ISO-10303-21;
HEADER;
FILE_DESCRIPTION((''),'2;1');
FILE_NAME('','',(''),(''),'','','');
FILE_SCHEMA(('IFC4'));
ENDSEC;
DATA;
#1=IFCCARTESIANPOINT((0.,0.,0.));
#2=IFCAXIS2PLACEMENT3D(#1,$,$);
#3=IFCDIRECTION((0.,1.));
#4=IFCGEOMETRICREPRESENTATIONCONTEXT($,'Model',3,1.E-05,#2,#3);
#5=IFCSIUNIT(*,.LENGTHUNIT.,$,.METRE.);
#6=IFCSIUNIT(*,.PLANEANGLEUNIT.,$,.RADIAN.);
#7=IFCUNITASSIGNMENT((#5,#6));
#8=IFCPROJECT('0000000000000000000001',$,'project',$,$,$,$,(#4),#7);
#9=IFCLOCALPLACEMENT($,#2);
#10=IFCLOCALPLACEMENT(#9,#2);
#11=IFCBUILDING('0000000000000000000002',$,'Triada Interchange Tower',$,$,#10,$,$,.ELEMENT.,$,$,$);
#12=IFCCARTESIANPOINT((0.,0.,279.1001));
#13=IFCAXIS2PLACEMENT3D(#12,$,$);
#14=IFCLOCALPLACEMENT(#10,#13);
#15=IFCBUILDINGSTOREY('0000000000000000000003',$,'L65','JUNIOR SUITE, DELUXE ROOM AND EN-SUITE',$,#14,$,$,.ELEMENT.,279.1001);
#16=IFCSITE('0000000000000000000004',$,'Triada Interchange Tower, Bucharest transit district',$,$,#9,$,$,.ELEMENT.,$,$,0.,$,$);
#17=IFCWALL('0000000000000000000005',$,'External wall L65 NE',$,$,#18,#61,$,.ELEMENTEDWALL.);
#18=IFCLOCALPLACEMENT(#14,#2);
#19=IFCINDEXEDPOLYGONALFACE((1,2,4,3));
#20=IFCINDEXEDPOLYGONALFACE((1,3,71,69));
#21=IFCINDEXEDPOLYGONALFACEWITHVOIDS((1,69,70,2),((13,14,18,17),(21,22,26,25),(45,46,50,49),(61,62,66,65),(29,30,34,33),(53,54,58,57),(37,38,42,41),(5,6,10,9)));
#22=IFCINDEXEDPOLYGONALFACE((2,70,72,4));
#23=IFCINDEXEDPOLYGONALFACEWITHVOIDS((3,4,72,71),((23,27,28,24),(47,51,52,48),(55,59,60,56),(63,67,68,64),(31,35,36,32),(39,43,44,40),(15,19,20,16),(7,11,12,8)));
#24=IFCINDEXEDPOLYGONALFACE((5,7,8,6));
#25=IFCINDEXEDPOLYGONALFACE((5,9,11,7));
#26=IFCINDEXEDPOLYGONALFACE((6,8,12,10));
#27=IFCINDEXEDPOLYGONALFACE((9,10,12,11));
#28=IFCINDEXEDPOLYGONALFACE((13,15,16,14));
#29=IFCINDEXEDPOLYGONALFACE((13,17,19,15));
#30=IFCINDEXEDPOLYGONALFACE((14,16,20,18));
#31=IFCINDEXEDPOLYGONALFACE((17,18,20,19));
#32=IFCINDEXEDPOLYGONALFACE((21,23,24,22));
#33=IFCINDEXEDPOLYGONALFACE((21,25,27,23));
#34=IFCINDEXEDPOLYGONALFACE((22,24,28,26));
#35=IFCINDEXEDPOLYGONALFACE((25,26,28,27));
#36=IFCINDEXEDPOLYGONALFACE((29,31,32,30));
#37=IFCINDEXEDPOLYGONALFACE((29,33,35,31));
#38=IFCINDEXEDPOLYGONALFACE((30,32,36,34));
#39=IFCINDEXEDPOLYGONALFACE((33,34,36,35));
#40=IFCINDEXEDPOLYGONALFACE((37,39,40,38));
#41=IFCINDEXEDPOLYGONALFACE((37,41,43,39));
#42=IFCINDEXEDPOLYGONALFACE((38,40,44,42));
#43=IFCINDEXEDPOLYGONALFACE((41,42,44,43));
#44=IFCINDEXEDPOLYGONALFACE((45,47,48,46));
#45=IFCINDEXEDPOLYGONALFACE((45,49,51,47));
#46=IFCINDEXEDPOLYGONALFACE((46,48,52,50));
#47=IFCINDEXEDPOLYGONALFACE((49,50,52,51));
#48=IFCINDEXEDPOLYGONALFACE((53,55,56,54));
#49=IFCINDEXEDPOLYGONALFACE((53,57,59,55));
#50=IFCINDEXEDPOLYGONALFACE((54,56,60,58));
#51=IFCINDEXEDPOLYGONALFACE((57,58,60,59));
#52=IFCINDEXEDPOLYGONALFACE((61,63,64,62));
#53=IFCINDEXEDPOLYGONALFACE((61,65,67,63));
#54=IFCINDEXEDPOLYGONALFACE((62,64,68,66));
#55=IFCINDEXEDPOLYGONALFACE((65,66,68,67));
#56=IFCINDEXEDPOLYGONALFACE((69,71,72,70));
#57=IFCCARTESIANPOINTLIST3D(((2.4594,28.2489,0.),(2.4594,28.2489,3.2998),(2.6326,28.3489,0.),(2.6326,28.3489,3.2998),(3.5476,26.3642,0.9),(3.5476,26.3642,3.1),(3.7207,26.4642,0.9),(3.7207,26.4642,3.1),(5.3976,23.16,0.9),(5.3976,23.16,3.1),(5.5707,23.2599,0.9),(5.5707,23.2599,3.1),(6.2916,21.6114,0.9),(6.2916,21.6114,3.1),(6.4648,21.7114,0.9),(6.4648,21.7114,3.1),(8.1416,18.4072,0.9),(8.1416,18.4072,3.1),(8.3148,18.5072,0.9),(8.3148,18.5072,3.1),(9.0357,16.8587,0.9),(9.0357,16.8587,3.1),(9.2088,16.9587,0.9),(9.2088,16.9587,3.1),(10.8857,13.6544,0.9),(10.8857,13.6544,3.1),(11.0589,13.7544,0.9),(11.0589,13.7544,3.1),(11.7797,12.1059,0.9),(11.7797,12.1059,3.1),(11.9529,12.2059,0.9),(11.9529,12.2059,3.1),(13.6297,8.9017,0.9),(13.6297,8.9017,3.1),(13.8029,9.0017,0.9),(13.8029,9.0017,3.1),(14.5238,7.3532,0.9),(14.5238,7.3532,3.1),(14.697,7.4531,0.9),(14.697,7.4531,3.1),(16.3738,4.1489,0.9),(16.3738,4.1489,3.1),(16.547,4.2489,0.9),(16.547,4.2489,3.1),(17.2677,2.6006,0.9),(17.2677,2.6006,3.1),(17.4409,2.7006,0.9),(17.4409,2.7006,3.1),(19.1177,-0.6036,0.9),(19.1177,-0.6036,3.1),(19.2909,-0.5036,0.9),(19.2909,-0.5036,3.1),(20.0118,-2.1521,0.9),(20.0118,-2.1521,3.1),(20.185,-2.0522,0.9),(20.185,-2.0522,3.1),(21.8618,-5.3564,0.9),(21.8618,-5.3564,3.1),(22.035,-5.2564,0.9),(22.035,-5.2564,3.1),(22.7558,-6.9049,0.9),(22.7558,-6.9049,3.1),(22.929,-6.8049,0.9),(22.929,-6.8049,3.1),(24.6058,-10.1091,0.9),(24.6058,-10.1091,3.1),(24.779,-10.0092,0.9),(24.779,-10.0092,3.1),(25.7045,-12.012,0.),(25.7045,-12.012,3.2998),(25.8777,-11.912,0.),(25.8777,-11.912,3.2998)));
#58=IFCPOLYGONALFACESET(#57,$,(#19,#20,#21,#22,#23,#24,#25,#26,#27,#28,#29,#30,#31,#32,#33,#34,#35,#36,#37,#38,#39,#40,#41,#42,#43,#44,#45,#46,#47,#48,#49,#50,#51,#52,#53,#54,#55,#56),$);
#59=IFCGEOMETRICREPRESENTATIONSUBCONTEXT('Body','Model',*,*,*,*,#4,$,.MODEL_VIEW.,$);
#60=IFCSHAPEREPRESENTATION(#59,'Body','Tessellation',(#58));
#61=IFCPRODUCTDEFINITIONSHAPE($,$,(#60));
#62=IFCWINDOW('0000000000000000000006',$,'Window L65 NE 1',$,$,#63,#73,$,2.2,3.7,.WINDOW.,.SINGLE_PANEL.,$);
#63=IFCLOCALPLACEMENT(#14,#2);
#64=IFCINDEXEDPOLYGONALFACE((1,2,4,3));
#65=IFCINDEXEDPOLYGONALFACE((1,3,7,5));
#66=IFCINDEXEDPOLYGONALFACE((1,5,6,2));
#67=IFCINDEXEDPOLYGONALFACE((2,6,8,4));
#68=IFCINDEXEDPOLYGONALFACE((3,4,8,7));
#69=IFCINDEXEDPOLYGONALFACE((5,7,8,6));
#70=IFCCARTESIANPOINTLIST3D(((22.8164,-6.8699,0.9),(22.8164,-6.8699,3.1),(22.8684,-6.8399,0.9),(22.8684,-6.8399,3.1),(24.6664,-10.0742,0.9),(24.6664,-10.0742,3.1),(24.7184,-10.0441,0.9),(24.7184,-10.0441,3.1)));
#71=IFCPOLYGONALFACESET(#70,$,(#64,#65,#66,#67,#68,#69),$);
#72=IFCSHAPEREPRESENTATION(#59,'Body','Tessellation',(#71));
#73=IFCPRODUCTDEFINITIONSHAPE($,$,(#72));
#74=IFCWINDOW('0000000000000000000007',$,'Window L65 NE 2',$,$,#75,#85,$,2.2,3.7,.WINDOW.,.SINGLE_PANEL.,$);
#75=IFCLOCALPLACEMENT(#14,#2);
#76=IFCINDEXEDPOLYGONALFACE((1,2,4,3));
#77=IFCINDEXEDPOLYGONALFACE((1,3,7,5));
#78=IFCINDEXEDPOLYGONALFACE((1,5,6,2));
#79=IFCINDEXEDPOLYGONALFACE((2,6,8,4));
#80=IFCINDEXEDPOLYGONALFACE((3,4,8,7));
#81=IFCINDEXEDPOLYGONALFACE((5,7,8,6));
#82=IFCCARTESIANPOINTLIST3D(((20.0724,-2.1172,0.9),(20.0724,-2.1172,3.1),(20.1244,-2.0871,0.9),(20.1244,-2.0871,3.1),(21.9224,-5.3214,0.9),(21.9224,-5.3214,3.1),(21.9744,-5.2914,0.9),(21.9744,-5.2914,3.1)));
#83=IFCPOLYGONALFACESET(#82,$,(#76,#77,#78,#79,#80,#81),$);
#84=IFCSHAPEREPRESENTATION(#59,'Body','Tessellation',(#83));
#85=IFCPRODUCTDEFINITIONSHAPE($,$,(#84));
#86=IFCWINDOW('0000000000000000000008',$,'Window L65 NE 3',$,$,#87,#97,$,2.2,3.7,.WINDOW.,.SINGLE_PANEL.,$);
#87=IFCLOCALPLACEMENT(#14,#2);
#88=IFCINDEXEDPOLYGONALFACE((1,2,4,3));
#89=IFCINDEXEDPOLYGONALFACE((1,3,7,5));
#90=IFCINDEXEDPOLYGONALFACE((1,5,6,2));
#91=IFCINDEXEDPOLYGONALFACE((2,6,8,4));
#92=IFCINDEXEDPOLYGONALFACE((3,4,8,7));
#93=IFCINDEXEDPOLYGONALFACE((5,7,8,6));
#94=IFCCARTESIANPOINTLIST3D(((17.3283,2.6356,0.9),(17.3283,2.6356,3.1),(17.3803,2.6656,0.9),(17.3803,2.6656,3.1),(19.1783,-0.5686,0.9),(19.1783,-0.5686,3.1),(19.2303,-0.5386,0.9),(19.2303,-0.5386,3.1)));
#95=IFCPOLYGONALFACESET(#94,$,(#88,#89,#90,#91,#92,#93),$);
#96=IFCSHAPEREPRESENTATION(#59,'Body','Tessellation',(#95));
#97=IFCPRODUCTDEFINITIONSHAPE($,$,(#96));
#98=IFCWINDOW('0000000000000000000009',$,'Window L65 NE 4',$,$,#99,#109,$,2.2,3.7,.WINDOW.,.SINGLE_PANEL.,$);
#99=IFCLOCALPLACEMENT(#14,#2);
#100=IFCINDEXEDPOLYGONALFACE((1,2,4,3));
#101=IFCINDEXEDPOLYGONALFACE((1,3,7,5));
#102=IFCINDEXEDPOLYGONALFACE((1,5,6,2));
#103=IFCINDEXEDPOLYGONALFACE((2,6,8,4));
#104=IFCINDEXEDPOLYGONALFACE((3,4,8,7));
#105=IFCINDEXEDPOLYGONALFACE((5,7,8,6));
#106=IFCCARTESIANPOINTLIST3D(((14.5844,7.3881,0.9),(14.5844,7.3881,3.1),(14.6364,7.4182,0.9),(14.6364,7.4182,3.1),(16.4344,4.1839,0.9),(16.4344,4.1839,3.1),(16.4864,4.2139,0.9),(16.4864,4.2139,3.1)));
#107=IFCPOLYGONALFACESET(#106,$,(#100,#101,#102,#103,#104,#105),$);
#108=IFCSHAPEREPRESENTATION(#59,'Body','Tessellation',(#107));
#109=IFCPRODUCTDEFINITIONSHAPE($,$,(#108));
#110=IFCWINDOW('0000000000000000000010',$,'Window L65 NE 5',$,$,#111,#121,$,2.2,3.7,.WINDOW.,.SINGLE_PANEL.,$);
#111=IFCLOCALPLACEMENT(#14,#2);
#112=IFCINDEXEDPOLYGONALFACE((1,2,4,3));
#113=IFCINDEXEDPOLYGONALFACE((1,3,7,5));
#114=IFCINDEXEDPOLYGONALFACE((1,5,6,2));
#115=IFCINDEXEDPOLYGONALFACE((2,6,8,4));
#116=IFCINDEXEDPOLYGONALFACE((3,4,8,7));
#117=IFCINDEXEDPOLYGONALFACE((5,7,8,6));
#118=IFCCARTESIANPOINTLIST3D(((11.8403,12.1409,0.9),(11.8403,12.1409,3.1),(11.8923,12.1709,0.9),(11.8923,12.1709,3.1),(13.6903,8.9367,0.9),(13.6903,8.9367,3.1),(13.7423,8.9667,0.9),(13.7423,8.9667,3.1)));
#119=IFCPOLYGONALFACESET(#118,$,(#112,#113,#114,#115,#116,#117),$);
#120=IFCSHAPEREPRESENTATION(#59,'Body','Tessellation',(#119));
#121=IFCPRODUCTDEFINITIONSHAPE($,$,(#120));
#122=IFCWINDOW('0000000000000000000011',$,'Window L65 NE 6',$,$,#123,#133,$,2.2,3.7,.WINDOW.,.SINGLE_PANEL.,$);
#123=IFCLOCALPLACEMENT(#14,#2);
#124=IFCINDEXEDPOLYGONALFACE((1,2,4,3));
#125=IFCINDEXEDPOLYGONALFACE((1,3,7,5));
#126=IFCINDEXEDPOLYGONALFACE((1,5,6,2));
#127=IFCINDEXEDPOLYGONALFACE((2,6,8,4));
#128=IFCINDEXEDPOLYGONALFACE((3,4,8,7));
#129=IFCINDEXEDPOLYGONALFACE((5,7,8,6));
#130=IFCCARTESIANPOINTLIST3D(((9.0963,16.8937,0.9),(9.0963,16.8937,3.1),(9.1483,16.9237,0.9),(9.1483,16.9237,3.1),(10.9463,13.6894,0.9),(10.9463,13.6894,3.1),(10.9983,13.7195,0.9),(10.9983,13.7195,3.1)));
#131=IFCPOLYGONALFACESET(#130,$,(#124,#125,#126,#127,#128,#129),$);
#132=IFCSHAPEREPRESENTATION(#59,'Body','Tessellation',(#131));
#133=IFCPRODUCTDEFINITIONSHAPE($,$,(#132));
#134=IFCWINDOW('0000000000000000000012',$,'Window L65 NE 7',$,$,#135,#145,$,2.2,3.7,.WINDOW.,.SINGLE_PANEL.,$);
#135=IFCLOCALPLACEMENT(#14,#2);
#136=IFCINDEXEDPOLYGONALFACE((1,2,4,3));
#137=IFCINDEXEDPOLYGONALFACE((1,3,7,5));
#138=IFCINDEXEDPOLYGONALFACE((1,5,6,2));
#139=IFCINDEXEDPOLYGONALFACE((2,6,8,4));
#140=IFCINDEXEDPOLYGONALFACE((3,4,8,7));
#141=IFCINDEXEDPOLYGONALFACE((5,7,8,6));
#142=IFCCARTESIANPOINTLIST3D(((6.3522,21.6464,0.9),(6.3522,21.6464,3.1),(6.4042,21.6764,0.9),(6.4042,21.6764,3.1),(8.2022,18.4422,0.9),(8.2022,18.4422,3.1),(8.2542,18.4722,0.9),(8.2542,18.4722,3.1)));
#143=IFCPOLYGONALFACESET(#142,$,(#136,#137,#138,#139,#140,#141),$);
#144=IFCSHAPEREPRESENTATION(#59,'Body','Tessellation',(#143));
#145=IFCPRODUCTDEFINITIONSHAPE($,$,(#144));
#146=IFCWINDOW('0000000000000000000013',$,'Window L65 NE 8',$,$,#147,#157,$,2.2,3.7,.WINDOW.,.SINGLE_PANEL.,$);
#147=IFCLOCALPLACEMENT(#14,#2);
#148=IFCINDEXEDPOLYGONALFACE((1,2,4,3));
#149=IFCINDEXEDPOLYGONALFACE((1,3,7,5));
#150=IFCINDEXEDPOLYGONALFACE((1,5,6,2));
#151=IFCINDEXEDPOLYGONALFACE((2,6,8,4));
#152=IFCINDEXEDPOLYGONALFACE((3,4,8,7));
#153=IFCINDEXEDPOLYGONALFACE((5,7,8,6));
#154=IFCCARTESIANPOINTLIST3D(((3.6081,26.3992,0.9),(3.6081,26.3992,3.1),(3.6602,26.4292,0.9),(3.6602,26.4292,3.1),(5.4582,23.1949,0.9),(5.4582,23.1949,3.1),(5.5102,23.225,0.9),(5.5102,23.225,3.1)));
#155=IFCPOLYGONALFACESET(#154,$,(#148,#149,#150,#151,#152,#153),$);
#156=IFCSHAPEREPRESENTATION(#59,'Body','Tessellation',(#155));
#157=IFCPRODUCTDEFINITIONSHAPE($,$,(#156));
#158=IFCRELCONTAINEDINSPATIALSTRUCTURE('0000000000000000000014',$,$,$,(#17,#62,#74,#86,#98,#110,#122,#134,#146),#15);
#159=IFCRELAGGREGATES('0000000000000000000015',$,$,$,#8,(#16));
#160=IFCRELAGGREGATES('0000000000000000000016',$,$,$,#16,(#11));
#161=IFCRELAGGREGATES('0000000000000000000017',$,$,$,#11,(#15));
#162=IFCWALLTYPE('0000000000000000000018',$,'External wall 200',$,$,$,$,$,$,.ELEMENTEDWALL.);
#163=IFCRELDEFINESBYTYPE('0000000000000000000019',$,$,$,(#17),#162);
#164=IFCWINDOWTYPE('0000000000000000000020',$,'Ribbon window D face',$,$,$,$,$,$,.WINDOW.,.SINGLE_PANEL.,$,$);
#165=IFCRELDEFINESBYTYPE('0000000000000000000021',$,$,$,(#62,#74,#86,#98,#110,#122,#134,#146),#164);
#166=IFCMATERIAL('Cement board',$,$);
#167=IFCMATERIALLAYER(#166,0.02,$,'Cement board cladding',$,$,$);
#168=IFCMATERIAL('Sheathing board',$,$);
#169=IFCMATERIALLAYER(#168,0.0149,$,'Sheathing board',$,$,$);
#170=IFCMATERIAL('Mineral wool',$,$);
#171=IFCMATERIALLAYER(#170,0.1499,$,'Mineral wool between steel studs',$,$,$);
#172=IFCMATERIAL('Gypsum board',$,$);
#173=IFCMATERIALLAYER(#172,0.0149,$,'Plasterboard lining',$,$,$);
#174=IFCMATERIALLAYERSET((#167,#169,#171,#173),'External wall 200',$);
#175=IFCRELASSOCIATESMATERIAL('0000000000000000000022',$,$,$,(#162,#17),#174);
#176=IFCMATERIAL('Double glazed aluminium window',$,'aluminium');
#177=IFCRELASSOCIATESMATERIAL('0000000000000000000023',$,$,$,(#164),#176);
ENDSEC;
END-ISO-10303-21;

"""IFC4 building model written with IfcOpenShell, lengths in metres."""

from ifc_helpers import new_model, si_unit, direction, frame, frame_2d, origin, place, context, subcontext, project, spatial, rectangle, extrude, material, layer, layer_set, layer_usage, type_object, element, fill, save


model = new_model("IFC4")

# Units and contexts
model_context = context("Model", 3, precision=1e-05, world=origin(), true_north=direction((0.0, 1.0)))
body_context = subcontext(model_context, "Body", "Model", "MODEL_VIEW")
ifc_project = project(units=[si_unit("LENGTHUNIT", "METRE"), si_unit("PLANEANGLEUNIT", "RADIAN")], contexts=[model_context])

# Site, building, storey
site_placement = place(None, origin())
site = spatial("IfcSite", under=ifc_project, at=site_placement, Name="Triada Interchange Tower, Bucharest transit district", CompositionType="ELEMENT", RefElevation=0.0)
building_placement = place(site_placement, origin())
building = spatial("IfcBuilding", under=site, at=building_placement, Name="Triada Interchange Tower", CompositionType="ELEMENT")
storey_placement = place(building_placement, frame((0.0, 0.0, 279.1001)))
storey = spatial("IfcBuildingStorey", under=building, at=storey_placement, Name="L65", Description="JUNIOR SUITE, DELUXE ROOM AND EN-SUITE", CompositionType="ELEMENT", Elevation=279.1001)

# Shared definitions
ifc_material_1 = material(Name="Cement board")
ifc_layer_1 = layer(ifc_material_1, 0.02, Name="Cement board cladding")
ifc_material_2 = material(Name="Sheathing board")
ifc_layer_2 = layer(ifc_material_2, 0.0149, Name="Sheathing board")
ifc_material_3 = material(Name="Mineral wool")
ifc_layer_3 = layer(ifc_material_3, 0.1499, Name="Mineral wool between steel studs")
ifc_material_4 = material(Name="Gypsum board")
ifc_layer_4 = layer(ifc_material_4, 0.0149, Name="Plasterboard lining")
ifc_layer_set_1 = layer_set([ifc_layer_1, ifc_layer_2, ifc_layer_3, ifc_layer_4], Name="External wall 200")
ifc_layer_usage = layer_usage(ifc_layer_set_1, "AXIS2", "POSITIVE", -0.1001)
wall_type_1 = type_object("IfcWallType", Name="External wall 200", PredefinedType="ELEMENTEDWALL", material=ifc_layer_set_1)
ifc_material_5 = material(Name="Double glazed aluminium window", Category="aluminium")

# Wall, openings, windows
wall_1_placement = place(storey_placement, frame((25.791, -11.9619, 0.0), z_axis=(0.0, 0.0, 1.0), x_axis=(-0.500007, 0.866021, 0.0)))
wall_1 = element("IfcWall", 1, at=wall_1_placement, inside=storey, type_object=wall_type_1, material=ifc_layer_usage, Name="External wall L65 NE", PredefinedType="ELEMENTEDWALL", context=body_context, shape_type="SweptSolid", body=[
    extrude(rectangle(XDim=46.4895, YDim=0.2, at=frame_2d((23.2446, 0.0))), origin(), (0.0, 0.0, 1.0), 3.2998),
])
opening_1_placement = place(wall_1_placement, frame((2.197, 0.0, 0.8999)))
opening_1 = element("IfcOpeningElement", 2, at=opening_1_placement, cuts=wall_1, PredefinedType="OPENING", context=body_context, shape_type="SweptSolid", body=[
    extrude(rectangle(XDim=3.7, YDim=2.2, at=frame_2d((1.8501, 1.1001))), frame((0.0, 0.1099, 0.0), z_axis=(0.0, -1.0, 0.0), x_axis=(1.0, 0.0, 0.0)), (0.0, 0.0, 1.0), 0.22),
])
opening_2_placement = place(wall_1_placement, frame((7.6851, 0.0, 0.8999)))
opening_2 = element("IfcOpeningElement", 3, at=opening_2_placement, cuts=wall_1, PredefinedType="OPENING", context=body_context, shape_type="SweptSolid", body=[
    extrude(rectangle(XDim=3.7, YDim=2.2, at=frame_2d((1.8501, 1.1001))), frame((0.0, 0.1099, 0.0), z_axis=(0.0, -1.0, 0.0), x_axis=(1.0, 0.0, 0.0)), (0.0, 0.0, 1.0), 0.22),
])
opening_3_placement = place(wall_1_placement, frame((13.1731, 0.0, 0.8999)))
opening_3 = element("IfcOpeningElement", 4, at=opening_3_placement, cuts=wall_1, PredefinedType="OPENING", context=body_context, shape_type="SweptSolid", body=[
    extrude(rectangle(XDim=3.7, YDim=2.2, at=frame_2d((1.8501, 1.1001))), frame((0.0, 0.1099, 0.0), z_axis=(0.0, -1.0, 0.0), x_axis=(1.0, 0.0, 0.0)), (0.0, 0.0, 1.0), 0.22),
])
opening_4_placement = place(wall_1_placement, frame((18.6609, 0.0, 0.8999)))
opening_4 = element("IfcOpeningElement", 5, at=opening_4_placement, cuts=wall_1, PredefinedType="OPENING", context=body_context, shape_type="SweptSolid", body=[
    extrude(rectangle(XDim=3.7, YDim=2.2, at=frame_2d((1.8501, 1.1001))), frame((0.0, 0.1099, 0.0), z_axis=(0.0, -1.0, 0.0), x_axis=(1.0, 0.0, 0.0)), (0.0, 0.0, 1.0), 0.22),
])
opening_5_placement = place(wall_1_placement, frame((24.1489, 0.0, 0.8999)))
opening_5 = element("IfcOpeningElement", 6, at=opening_5_placement, cuts=wall_1, PredefinedType="OPENING", context=body_context, shape_type="SweptSolid", body=[
    extrude(rectangle(XDim=3.7, YDim=2.2, at=frame_2d((1.8501, 1.1001))), frame((0.0, 0.1099, 0.0), z_axis=(0.0, -1.0, 0.0), x_axis=(1.0, 0.0, 0.0)), (0.0, 0.0, 1.0), 0.22),
])
opening_6_placement = place(wall_1_placement, frame((29.637, 0.0, 0.8999)))
opening_6 = element("IfcOpeningElement", 7, at=opening_6_placement, cuts=wall_1, PredefinedType="OPENING", context=body_context, shape_type="SweptSolid", body=[
    extrude(rectangle(XDim=3.7, YDim=2.2, at=frame_2d((1.8501, 1.1001))), frame((0.0, 0.1099, 0.0), z_axis=(0.0, -1.0, 0.0), x_axis=(1.0, 0.0, 0.0)), (0.0, 0.0, 1.0), 0.22),
])
opening_7_placement = place(wall_1_placement, frame((35.125, 0.0, 0.8999)))
opening_7 = element("IfcOpeningElement", 8, at=opening_7_placement, cuts=wall_1, PredefinedType="OPENING", context=body_context, shape_type="SweptSolid", body=[
    extrude(rectangle(XDim=3.7, YDim=2.2, at=frame_2d((1.8501, 1.1001))), frame((0.0, 0.1099, 0.0), z_axis=(0.0, -1.0, 0.0), x_axis=(1.0, 0.0, 0.0)), (0.0, 0.0, 1.0), 0.22),
])
opening_8_placement = place(wall_1_placement, frame((40.613, 0.0, 0.8999)))
opening_8 = element("IfcOpeningElement", 9, at=opening_8_placement, cuts=wall_1, PredefinedType="OPENING", context=body_context, shape_type="SweptSolid", body=[
    extrude(rectangle(XDim=3.7, YDim=2.2, at=frame_2d((1.8501, 1.1001))), frame((0.0, 0.1099, 0.0), z_axis=(0.0, -1.0, 0.0), x_axis=(1.0, 0.0, 0.0)), (0.0, 0.0, 1.0), 0.22),
])
window_type_1 = type_object("IfcWindowType", Name="Ribbon window D face", PartitioningType="SINGLE_PANEL", PredefinedType="WINDOW", material=ifc_material_5)
window_1_placement = place(opening_1_placement, origin())
window_1 = element("IfcWindow", 10, at=window_1_placement, inside=storey, type_object=window_type_1, Name="Window L65 NE 1", OverallHeight=2.2, OverallWidth=3.7, PartitioningType="SINGLE_PANEL", PredefinedType="WINDOW", context=body_context, shape_type="SweptSolid", body=[
    extrude(rectangle(XDim=3.7, YDim=2.2, at=frame_2d((1.8501, 1.1001))), frame((0.0, 0.03, 0.0), z_axis=(0.0, -1.0, 0.0), x_axis=(1.0, 0.0, 0.0)), (0.0, 0.0, 1.0), 0.0601),
])
fill(opening_1, window_1)
window_2_placement = place(opening_2_placement, origin())
window_2 = element("IfcWindow", 11, at=window_2_placement, inside=storey, type_object=window_type_1, Name="Window L65 NE 2", OverallHeight=2.2, OverallWidth=3.7, PartitioningType="SINGLE_PANEL", PredefinedType="WINDOW", context=body_context, shape_type="SweptSolid", body=[
    extrude(rectangle(XDim=3.7, YDim=2.2, at=frame_2d((1.8501, 1.1001))), frame((0.0, 0.03, 0.0), z_axis=(0.0, -1.0, 0.0), x_axis=(1.0, 0.0, 0.0)), (0.0, 0.0, 1.0), 0.0601),
])
fill(opening_2, window_2)
window_3_placement = place(opening_3_placement, origin())
window_3 = element("IfcWindow", 12, at=window_3_placement, inside=storey, type_object=window_type_1, Name="Window L65 NE 3", OverallHeight=2.2, OverallWidth=3.7, PartitioningType="SINGLE_PANEL", PredefinedType="WINDOW", context=body_context, shape_type="SweptSolid", body=[
    extrude(rectangle(XDim=3.7, YDim=2.2, at=frame_2d((1.8501, 1.1001))), frame((0.0, 0.03, 0.0), z_axis=(0.0, -1.0, 0.0), x_axis=(1.0, 0.0, 0.0)), (0.0, 0.0, 1.0), 0.0601),
])
fill(opening_3, window_3)
window_4_placement = place(opening_4_placement, origin())
window_4 = element("IfcWindow", 13, at=window_4_placement, inside=storey, type_object=window_type_1, Name="Window L65 NE 4", OverallHeight=2.2, OverallWidth=3.7, PartitioningType="SINGLE_PANEL", PredefinedType="WINDOW", context=body_context, shape_type="SweptSolid", body=[
    extrude(rectangle(XDim=3.7, YDim=2.2, at=frame_2d((1.8501, 1.1001))), frame((0.0, 0.03, 0.0), z_axis=(0.0, -1.0, 0.0), x_axis=(1.0, 0.0, 0.0)), (0.0, 0.0, 1.0), 0.0601),
])
fill(opening_4, window_4)
window_5_placement = place(opening_5_placement, origin())
window_5 = element("IfcWindow", 14, at=window_5_placement, inside=storey, type_object=window_type_1, Name="Window L65 NE 5", OverallHeight=2.2, OverallWidth=3.7, PartitioningType="SINGLE_PANEL", PredefinedType="WINDOW", context=body_context, shape_type="SweptSolid", body=[
    extrude(rectangle(XDim=3.7, YDim=2.2, at=frame_2d((1.8501, 1.1001))), frame((0.0, 0.03, 0.0), z_axis=(0.0, -1.0, 0.0), x_axis=(1.0, 0.0, 0.0)), (0.0, 0.0, 1.0), 0.0601),
])
fill(opening_5, window_5)
window_6_placement = place(opening_6_placement, origin())
window_6 = element("IfcWindow", 15, at=window_6_placement, inside=storey, type_object=window_type_1, Name="Window L65 NE 6", OverallHeight=2.2, OverallWidth=3.7, PartitioningType="SINGLE_PANEL", PredefinedType="WINDOW", context=body_context, shape_type="SweptSolid", body=[
    extrude(rectangle(XDim=3.7, YDim=2.2, at=frame_2d((1.8501, 1.1001))), frame((0.0, 0.03, 0.0), z_axis=(0.0, -1.0, 0.0), x_axis=(1.0, 0.0, 0.0)), (0.0, 0.0, 1.0), 0.0601),
])
fill(opening_6, window_6)
window_7_placement = place(opening_7_placement, origin())
window_7 = element("IfcWindow", 16, at=window_7_placement, inside=storey, type_object=window_type_1, Name="Window L65 NE 7", OverallHeight=2.2, OverallWidth=3.7, PartitioningType="SINGLE_PANEL", PredefinedType="WINDOW", context=body_context, shape_type="SweptSolid", body=[
    extrude(rectangle(XDim=3.7, YDim=2.2, at=frame_2d((1.8501, 1.1001))), frame((0.0, 0.03, 0.0), z_axis=(0.0, -1.0, 0.0), x_axis=(1.0, 0.0, 0.0)), (0.0, 0.0, 1.0), 0.0601),
])
fill(opening_7, window_7)
window_8_placement = place(opening_8_placement, origin())
window_8 = element("IfcWindow", 17, at=window_8_placement, inside=storey, type_object=window_type_1, Name="Window L65 NE 8", OverallHeight=2.2, OverallWidth=3.7, PartitioningType="SINGLE_PANEL", PredefinedType="WINDOW", context=body_context, shape_type="SweptSolid", body=[
    extrude(rectangle(XDim=3.7, YDim=2.2, at=frame_2d((1.8501, 1.1001))), frame((0.0, 0.03, 0.0), z_axis=(0.0, -1.0, 0.0), x_axis=(1.0, 0.0, 0.0)), (0.0, 0.0, 1.0), 0.0601),
])
fill(opening_8, window_8)

save(model, "model.ifc")
